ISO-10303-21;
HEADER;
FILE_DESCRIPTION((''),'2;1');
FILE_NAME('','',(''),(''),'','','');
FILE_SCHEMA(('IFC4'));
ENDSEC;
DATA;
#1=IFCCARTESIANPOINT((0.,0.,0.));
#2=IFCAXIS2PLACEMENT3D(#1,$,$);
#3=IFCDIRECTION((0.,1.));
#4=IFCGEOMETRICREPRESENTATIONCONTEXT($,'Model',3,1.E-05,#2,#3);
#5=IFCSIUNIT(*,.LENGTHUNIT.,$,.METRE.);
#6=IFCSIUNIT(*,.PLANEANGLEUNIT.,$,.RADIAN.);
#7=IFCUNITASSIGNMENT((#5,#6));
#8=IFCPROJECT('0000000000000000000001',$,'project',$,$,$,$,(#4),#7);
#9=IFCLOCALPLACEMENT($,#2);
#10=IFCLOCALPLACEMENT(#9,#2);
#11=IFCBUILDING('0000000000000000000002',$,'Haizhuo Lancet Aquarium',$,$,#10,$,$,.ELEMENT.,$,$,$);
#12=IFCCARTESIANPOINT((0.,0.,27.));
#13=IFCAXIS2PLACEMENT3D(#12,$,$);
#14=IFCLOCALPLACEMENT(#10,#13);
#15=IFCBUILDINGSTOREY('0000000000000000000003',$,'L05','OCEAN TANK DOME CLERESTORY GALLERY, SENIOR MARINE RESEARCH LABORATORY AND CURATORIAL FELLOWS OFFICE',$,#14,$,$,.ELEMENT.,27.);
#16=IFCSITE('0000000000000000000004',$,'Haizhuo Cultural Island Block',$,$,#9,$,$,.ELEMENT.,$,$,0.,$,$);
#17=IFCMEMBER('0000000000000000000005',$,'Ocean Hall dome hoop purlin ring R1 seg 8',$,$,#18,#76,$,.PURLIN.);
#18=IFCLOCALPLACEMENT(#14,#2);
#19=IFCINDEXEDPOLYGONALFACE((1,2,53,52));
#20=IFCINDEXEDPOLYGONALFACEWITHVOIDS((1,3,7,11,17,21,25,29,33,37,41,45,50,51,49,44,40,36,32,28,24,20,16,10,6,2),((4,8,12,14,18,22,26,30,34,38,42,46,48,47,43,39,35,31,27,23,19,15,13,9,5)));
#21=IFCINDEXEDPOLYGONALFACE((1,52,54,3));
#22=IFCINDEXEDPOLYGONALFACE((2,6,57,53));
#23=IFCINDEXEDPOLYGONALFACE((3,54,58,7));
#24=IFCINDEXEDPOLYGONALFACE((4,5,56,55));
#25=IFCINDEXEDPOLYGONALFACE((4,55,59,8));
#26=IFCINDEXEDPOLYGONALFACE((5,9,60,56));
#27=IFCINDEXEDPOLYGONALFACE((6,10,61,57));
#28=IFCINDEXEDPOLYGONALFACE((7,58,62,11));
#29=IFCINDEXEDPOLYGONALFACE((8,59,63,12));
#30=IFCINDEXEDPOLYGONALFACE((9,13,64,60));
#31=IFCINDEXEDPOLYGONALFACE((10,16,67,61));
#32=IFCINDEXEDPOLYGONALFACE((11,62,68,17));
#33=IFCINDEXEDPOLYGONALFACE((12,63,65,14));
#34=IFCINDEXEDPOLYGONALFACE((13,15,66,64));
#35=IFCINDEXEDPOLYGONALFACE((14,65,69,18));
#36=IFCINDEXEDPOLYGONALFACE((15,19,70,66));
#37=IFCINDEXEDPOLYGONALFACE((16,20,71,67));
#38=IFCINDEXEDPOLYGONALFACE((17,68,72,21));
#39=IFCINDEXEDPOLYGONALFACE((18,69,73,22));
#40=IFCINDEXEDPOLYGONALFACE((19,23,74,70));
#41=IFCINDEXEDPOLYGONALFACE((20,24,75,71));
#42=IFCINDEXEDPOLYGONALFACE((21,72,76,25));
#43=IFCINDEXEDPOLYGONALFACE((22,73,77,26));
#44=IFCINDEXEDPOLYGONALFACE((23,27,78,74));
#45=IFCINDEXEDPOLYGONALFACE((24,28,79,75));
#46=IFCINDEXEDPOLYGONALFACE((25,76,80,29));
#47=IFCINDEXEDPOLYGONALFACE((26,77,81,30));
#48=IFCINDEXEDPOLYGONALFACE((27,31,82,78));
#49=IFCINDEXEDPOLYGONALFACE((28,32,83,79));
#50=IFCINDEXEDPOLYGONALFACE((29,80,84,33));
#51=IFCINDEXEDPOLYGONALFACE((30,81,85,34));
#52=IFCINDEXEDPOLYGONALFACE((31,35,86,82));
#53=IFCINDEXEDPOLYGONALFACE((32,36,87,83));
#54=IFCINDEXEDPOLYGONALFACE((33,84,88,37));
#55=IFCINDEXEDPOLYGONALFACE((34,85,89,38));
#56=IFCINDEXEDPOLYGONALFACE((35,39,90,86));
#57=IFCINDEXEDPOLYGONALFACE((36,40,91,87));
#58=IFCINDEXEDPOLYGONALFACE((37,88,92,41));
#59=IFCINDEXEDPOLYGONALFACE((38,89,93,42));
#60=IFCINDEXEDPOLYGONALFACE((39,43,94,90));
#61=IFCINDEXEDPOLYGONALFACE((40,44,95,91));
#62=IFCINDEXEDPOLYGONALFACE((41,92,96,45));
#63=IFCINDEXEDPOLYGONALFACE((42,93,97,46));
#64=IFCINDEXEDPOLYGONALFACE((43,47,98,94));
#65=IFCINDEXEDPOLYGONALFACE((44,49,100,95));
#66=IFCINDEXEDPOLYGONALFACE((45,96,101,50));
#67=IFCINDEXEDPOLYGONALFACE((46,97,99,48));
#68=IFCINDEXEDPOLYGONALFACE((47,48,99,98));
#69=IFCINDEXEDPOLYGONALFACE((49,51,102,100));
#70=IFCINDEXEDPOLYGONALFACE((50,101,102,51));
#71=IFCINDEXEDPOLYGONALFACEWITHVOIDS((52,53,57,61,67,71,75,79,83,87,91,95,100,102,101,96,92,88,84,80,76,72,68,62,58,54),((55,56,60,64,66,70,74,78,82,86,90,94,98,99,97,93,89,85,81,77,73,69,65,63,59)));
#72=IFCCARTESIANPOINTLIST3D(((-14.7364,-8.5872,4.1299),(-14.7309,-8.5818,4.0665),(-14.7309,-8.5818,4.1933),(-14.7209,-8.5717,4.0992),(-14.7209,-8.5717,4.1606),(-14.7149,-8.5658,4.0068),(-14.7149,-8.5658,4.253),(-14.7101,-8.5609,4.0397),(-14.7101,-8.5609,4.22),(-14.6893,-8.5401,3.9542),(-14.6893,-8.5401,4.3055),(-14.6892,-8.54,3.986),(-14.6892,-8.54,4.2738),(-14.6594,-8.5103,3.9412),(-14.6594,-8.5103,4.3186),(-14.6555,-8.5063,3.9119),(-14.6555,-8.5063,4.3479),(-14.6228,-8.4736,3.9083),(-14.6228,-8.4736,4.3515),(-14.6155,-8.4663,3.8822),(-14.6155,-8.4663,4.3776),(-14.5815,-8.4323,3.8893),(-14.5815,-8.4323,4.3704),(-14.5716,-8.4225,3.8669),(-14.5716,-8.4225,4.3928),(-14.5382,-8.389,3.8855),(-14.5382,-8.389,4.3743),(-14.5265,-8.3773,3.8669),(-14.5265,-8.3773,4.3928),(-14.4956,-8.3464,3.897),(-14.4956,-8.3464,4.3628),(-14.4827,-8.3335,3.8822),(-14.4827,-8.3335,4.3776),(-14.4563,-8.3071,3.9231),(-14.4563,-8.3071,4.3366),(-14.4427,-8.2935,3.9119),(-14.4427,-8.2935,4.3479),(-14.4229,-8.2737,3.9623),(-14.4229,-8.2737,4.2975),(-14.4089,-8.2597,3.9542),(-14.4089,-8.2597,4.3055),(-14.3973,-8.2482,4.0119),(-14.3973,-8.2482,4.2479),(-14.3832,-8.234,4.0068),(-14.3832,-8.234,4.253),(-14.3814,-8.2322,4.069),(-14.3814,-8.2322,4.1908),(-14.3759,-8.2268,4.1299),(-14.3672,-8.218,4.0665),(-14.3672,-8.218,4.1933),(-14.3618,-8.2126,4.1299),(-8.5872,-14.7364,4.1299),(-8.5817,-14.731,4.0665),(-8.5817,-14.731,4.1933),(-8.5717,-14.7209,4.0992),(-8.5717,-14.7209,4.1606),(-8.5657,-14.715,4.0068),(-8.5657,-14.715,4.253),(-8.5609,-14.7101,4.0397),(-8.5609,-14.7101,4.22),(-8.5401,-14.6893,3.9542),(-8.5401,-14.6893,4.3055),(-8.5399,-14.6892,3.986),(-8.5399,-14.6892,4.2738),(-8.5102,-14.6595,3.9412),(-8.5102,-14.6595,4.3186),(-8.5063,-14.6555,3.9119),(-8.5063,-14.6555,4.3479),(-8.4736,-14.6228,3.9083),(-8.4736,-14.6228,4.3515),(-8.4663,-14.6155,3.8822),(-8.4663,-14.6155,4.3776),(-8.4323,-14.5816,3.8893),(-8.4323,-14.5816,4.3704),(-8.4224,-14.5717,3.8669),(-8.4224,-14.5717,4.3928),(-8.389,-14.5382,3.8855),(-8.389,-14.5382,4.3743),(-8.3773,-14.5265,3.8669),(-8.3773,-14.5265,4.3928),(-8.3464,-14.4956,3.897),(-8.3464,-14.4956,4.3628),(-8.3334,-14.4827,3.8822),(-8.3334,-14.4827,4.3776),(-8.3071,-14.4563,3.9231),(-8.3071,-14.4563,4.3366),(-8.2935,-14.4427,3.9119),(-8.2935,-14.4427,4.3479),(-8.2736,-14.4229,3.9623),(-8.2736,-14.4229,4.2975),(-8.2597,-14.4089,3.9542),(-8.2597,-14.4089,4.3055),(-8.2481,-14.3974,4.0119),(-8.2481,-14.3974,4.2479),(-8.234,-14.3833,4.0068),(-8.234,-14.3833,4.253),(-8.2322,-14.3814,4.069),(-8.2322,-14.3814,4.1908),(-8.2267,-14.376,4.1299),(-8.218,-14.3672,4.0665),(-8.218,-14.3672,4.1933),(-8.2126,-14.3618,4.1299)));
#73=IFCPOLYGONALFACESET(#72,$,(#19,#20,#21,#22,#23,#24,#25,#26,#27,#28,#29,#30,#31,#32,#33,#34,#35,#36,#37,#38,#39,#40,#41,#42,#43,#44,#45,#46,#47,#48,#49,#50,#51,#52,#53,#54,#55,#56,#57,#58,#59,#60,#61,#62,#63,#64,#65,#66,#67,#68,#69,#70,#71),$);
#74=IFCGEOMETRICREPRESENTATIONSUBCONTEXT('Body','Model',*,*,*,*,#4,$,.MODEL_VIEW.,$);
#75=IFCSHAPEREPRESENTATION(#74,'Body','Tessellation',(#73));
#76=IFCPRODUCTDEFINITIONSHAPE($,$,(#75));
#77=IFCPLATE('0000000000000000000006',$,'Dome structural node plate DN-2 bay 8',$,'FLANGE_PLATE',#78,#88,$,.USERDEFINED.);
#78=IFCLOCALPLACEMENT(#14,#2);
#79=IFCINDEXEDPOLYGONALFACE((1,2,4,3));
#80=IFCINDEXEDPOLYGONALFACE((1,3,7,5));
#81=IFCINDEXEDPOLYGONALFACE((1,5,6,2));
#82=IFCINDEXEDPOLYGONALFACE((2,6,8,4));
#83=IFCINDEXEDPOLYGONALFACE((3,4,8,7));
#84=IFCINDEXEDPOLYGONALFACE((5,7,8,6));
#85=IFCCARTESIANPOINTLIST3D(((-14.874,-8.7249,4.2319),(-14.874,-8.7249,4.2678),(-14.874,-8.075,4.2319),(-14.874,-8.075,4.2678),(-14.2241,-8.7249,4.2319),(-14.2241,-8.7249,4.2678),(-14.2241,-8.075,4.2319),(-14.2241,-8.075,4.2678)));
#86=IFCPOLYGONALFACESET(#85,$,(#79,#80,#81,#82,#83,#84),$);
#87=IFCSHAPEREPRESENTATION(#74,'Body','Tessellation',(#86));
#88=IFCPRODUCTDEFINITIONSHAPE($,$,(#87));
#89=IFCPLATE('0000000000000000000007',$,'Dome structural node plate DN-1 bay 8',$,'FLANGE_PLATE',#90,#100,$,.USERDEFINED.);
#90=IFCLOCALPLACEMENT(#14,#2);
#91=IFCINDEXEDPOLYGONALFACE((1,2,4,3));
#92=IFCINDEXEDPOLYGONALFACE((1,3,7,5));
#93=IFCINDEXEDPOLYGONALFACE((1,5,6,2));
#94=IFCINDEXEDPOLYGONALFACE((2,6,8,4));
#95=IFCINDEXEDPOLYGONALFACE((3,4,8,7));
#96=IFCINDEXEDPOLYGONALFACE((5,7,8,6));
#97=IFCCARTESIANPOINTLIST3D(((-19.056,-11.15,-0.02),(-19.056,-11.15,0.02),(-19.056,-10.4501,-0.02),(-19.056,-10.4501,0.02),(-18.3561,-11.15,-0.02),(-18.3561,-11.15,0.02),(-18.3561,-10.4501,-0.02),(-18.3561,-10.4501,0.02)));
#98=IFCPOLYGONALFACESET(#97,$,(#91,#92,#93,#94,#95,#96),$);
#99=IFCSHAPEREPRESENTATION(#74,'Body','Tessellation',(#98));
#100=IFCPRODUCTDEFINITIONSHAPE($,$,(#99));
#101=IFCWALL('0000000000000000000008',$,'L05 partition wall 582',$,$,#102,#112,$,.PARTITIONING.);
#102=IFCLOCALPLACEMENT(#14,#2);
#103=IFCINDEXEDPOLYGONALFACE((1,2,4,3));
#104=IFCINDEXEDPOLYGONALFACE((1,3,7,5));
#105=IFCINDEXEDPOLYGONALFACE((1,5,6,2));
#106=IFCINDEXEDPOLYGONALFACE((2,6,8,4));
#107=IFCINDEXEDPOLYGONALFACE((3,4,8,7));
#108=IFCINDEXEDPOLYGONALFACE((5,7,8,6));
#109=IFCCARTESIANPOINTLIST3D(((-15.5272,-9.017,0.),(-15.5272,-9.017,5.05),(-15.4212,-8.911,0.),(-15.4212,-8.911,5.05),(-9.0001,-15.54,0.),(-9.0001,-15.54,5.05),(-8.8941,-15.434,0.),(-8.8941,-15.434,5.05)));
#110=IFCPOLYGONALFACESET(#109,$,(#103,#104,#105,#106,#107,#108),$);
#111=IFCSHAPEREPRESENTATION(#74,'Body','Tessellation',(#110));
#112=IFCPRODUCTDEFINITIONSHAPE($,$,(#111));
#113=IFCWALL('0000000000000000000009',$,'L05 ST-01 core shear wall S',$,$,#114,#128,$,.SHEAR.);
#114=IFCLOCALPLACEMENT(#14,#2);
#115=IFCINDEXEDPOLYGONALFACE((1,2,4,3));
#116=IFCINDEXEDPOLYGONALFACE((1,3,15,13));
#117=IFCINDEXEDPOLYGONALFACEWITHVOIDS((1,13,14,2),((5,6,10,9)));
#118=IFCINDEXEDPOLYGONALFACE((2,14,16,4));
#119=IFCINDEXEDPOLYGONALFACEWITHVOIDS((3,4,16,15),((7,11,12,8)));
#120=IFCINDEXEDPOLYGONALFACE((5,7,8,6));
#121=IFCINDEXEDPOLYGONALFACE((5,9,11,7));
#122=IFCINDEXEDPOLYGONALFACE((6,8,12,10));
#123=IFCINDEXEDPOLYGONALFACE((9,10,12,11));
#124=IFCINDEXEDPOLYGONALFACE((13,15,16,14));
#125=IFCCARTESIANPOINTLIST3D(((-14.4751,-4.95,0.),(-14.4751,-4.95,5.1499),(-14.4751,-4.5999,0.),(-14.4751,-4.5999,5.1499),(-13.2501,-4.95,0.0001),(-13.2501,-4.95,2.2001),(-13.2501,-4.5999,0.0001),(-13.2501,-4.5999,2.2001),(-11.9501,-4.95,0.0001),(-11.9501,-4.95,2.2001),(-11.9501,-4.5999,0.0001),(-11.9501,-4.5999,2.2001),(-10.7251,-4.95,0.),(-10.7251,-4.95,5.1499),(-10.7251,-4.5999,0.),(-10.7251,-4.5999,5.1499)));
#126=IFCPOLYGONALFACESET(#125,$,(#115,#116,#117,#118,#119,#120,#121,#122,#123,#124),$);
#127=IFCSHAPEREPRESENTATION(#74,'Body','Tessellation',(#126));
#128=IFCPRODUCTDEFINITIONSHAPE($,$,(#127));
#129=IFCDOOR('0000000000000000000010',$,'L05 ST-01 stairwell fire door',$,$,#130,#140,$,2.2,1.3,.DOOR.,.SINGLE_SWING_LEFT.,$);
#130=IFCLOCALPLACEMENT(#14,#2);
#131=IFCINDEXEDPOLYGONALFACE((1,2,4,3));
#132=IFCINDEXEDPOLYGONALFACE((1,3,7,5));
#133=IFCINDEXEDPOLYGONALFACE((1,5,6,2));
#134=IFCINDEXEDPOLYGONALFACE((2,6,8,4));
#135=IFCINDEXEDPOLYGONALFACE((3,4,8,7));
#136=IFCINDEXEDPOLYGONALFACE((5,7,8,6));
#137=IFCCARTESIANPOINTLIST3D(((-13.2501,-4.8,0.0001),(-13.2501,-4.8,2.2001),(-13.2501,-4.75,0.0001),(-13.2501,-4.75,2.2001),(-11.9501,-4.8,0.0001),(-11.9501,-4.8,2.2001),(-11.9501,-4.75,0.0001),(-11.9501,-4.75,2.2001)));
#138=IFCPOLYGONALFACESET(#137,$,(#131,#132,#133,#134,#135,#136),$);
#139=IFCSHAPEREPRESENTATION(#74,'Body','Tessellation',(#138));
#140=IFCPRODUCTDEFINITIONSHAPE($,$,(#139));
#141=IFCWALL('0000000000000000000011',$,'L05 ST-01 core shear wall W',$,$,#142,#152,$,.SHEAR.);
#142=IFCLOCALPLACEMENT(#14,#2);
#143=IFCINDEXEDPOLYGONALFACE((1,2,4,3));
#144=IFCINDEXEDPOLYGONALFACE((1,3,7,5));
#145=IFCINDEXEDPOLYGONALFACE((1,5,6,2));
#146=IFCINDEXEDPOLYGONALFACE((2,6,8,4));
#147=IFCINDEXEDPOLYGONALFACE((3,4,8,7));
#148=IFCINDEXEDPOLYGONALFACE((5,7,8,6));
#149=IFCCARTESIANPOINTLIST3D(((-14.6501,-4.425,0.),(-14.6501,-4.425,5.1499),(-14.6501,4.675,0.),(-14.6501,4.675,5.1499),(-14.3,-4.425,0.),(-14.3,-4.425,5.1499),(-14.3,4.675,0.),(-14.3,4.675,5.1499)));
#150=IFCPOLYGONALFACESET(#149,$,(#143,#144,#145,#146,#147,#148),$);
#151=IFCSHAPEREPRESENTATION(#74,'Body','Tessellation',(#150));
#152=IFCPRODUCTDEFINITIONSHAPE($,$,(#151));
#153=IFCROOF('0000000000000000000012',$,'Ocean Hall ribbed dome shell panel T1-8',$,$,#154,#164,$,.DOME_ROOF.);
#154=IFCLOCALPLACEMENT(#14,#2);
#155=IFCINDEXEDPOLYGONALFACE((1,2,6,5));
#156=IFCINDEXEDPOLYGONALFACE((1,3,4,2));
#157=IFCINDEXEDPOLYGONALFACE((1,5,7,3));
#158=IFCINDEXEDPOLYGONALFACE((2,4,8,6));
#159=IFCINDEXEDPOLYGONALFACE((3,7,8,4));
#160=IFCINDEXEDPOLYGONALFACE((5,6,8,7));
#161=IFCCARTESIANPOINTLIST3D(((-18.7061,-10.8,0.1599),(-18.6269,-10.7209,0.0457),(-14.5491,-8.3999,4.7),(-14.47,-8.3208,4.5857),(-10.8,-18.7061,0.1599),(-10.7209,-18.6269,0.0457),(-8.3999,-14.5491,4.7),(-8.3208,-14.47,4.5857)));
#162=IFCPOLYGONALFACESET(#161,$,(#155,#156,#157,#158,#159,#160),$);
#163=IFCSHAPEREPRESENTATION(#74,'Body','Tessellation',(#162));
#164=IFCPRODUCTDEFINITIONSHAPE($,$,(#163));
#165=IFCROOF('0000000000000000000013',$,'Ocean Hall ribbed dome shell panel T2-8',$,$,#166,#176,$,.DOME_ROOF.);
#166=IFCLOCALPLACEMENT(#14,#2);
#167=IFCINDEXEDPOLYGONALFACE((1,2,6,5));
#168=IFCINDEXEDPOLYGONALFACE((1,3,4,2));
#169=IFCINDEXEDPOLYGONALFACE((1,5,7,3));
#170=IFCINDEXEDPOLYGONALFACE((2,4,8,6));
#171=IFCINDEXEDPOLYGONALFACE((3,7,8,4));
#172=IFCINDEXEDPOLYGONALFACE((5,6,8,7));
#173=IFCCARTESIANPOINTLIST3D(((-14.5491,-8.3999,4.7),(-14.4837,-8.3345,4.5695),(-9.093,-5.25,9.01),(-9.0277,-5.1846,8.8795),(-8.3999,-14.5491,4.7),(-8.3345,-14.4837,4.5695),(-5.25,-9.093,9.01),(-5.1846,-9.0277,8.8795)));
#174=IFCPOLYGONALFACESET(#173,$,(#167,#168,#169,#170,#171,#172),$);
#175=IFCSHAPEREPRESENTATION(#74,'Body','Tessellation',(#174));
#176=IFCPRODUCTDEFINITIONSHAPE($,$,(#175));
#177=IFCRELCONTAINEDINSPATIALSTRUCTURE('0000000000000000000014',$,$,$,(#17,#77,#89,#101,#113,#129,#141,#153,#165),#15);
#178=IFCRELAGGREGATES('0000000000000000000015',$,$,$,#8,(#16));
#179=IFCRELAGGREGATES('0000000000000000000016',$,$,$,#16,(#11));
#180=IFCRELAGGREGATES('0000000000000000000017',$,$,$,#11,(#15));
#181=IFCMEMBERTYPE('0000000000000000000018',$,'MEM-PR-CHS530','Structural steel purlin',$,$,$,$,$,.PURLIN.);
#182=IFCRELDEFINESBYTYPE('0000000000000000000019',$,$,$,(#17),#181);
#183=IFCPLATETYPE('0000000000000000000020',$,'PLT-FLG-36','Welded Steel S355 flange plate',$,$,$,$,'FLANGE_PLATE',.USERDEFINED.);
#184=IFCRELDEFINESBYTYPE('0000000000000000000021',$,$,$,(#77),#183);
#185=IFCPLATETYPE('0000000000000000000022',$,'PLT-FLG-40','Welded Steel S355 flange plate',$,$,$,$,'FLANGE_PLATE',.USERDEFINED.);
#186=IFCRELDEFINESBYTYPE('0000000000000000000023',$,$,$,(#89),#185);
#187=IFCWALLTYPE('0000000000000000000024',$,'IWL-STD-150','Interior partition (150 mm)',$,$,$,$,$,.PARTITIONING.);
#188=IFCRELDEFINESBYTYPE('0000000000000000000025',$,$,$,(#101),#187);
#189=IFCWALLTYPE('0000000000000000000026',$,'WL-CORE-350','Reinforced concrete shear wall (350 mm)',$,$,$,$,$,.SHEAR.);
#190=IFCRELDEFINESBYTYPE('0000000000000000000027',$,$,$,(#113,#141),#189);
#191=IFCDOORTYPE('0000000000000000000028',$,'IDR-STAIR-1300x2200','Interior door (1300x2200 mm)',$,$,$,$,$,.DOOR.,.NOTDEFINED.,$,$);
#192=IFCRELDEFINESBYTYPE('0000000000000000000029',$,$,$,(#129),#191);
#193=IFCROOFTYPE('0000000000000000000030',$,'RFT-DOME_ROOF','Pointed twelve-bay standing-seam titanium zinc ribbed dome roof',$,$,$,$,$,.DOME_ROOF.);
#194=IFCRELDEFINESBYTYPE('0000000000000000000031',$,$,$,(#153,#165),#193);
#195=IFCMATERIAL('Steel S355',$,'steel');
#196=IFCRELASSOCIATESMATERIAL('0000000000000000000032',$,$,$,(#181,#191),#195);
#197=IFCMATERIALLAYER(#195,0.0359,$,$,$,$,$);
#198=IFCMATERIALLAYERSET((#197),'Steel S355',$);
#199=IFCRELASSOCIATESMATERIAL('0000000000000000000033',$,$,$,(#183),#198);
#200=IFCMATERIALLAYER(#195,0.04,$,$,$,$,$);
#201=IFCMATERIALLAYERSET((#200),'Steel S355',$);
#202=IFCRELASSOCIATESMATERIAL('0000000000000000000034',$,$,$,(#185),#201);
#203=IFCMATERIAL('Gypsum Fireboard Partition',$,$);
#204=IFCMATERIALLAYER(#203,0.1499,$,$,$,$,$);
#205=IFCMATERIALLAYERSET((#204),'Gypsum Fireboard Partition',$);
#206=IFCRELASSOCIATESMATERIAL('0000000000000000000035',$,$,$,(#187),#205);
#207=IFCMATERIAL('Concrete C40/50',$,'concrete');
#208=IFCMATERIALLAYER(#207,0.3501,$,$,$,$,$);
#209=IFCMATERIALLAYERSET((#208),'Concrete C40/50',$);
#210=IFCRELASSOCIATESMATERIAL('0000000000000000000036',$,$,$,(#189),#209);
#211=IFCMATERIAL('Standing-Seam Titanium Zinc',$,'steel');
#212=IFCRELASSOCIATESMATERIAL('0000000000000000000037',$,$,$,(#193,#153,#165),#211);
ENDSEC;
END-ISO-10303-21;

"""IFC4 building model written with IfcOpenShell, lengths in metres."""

from ifc_helpers import new_model, si_unit, direction, frame, frame_2d, origin, origin_2d, place, context, subcontext, project, spatial, polyline, rectangle, hollow_circle, outline, extrude, material, layer, layer_set, material_profile, profile_set, type_object, element, fill, save


model = new_model("IFC4")

# Units and contexts
model_context = context("Model", 3, precision=1e-05, world=origin(), true_north=direction((0.0, 1.0)))
body_context = subcontext(model_context, "Body", "Model", "MODEL_VIEW")
ifc_project = project(units=[si_unit("LENGTHUNIT", "METRE"), si_unit("PLANEANGLEUNIT", "RADIAN")], contexts=[model_context])

# Site, building, storey
site_placement = place(None, origin())
site = spatial("IfcSite", under=ifc_project, at=site_placement, Name="Haizhuo Cultural Island Block", CompositionType="ELEMENT", RefElevation=0.0)
building_placement = place(site_placement, origin())
building = spatial("IfcBuilding", under=site, at=building_placement, Name="Haizhuo Lancet Aquarium", CompositionType="ELEMENT")
storey_placement = place(building_placement, frame((0.0, 0.0, 27.0)))
storey = spatial("IfcBuildingStorey", under=building, at=storey_placement, Name="L05", Description="OCEAN TANK DOME CLERESTORY GALLERY, SENIOR MARINE RESEARCH LABORATORY AND CURATORIAL FELLOWS OFFICE", CompositionType="ELEMENT", Elevation=27.0)

# Member
ifc_material_1 = material(Name="Steel S355", Category="steel")
ifc_material_profile_1 = material_profile(ifc_material_1, hollow_circle(Radius=0.2649, WallThickness=0.02, at=origin_2d()), Name="CHS 530x20")
ifc_profile_set_1 = profile_set([ifc_material_profile_1], Name="Steel S355")
member_type_1 = type_object("IfcMemberType", Name="MEM-PR-CHS530", Description="Structural steel purlin", PredefinedType="PURLIN", material=ifc_profile_set_1)
member_1_placement = place(storey_placement, frame((-14.5491, -8.3999, 4.1299), z_axis=(0.707107, -0.707107, 0.0), x_axis=(0.707107, 0.707107, 0.0)))
element("IfcMember", 1, at=member_1_placement, inside=storey, type_object=member_type_1, Name="Ocean Hall dome hoop purlin ring R1 seg 8", PredefinedType="PURLIN", context=body_context, shape_type="SweptSolid", body=[
    extrude(hollow_circle(Radius=0.2649, WallThickness=0.02, at=origin_2d()), origin(), (0.0, 0.0, 1.0), 8.6963),
])

# Plates
ifc_layer_1 = layer(ifc_material_1, 0.0359)
ifc_layer_set_1 = layer_set([ifc_layer_1], Name="Steel S355")
plate_type_1 = type_object("IfcPlateType", Name="PLT-FLG-36", Description="Welded Steel S355 flange plate", ElementType="FLANGE_PLATE", PredefinedType="USERDEFINED", material=ifc_layer_set_1)
plate_1_placement = place(storey_placement, frame((-14.5491, -8.3999, 4.2319), z_axis=(0.0, 0.0, 1.0), x_axis=(1.0, 0.0, 0.0)))
element("IfcPlate", 2, at=plate_1_placement, inside=storey, type_object=plate_type_1, Name="Dome structural node plate DN-2 bay 8", ObjectType="FLANGE_PLATE", PredefinedType="USERDEFINED", context=body_context, shape_type="SweptSolid", body=[
    extrude(rectangle(XDim=0.6499, YDim=0.6499, at=origin_2d()), origin(), (0.0, 0.0, 1.0), 0.0359),
])
ifc_layer_2 = layer(ifc_material_1, 0.04)
ifc_layer_set_2 = layer_set([ifc_layer_2], Name="Steel S355")
plate_type_2 = type_object("IfcPlateType", Name="PLT-FLG-40", Description="Welded Steel S355 flange plate", ElementType="FLANGE_PLATE", PredefinedType="USERDEFINED", material=ifc_layer_set_2)
plate_2_placement = place(storey_placement, frame((-18.7061, -10.8, -0.02), z_axis=(0.0, 0.0, 1.0), x_axis=(1.0, 0.0, 0.0)))
element("IfcPlate", 3, at=plate_2_placement, inside=storey, type_object=plate_type_2, Name="Dome structural node plate DN-1 bay 8", ObjectType="FLANGE_PLATE", PredefinedType="USERDEFINED", context=body_context, shape_type="SweptSolid", body=[
    extrude(rectangle(XDim=0.7, YDim=0.7, at=origin_2d()), origin(), (0.0, 0.0, 1.0), 0.04),
])

# Wall
ifc_material_2 = material(Name="Gypsum Fireboard Partition")
ifc_layer_3 = layer(ifc_material_2, 0.1499)
ifc_layer_set_3 = layer_set([ifc_layer_3], Name="Gypsum Fireboard Partition")
wall_type_1 = type_object("IfcWallType", Name="IWL-STD-150", Description="Interior partition (150 mm)", PredefinedType="PARTITIONING", material=ifc_layer_set_3)
wall_1_placement = place(storey_placement, frame((-15.4741, -8.9641, 0.0), z_axis=(0.0, 0.0, 1.0), x_axis=(0.707332, -0.706882, 0.0)))
element("IfcWall", 4, at=wall_1_placement, inside=storey, type_object=wall_type_1, Name="L05 partition wall 582", PredefinedType="PARTITIONING", context=body_context, shape_type="SweptSolid", body=[
    extrude(rectangle(XDim=9.2278, YDim=0.1499, at=frame_2d((4.6138, 0.0))), origin(), (0.0, 0.0, 1.0), 5.05),
])

# Wall, opening, door
ifc_material_3 = material(Name="Concrete C40/50", Category="concrete")
ifc_layer_4 = layer(ifc_material_3, 0.3501)
ifc_layer_set_4 = layer_set([ifc_layer_4], Name="Concrete C40/50")
wall_type_2 = type_object("IfcWallType", Name="WL-CORE-350", Description="Reinforced concrete shear wall (350 mm)", PredefinedType="SHEAR", material=ifc_layer_set_4)
wall_2_placement = place(storey_placement, frame((-14.4751, -4.7749, 0.0), z_axis=(0.0, 0.0, 1.0), x_axis=(1.0, 0.0, 0.0)))
wall_2 = element("IfcWall", 5, at=wall_2_placement, inside=storey, type_object=wall_type_2, Name="L05 ST-01 core shear wall S", PredefinedType="SHEAR", context=body_context, shape_type="SweptSolid", body=[
    extrude(rectangle(XDim=3.75, YDim=0.3501, at=frame_2d((1.875, 0.0))), origin(), (0.0, 0.0, 1.0), 5.1499),
])
opening_placement = place(wall_2_placement, frame((1.2251, 0.0, 0.0)))
opening = element("IfcOpeningElement", 6, at=opening_placement, cuts=wall_2, PredefinedType="OPENING", context=body_context, shape_type="SweptSolid", body=[
    extrude(rectangle(XDim=1.3, YDim=2.2, at=frame_2d((0.6499, 1.1001))), frame((0.0, 0.1851, 0.0), z_axis=(0.0, -1.0, 0.0), x_axis=(1.0, 0.0, 0.0)), (0.0, 0.0, 1.0), 0.3701),
])
door_type = type_object("IfcDoorType", Name="IDR-STAIR-1300x2200", Description="Interior door (1300x2200 mm)", OperationType="NOTDEFINED", PredefinedType="DOOR", material=ifc_material_1)
door_placement = place(opening_placement, origin())
door = element("IfcDoor", 7, at=door_placement, inside=storey, type_object=door_type, Name="L05 ST-01 stairwell fire door", OperationType="SINGLE_SWING_LEFT", OverallHeight=2.2, OverallWidth=1.3, PredefinedType="DOOR", context=body_context, shape_type="SweptSolid", body=[
    extrude(rectangle(XDim=1.3, YDim=2.2, at=frame_2d((0.6499, 1.1001))), frame((0.0, 0.0249, 0.0), z_axis=(0.0, -1.0, 0.0), x_axis=(1.0, 0.0, 0.0)), (0.0, 0.0, 1.0), 0.05),
])
fill(opening, door)

# Wall
wall_3_placement = place(storey_placement, frame((-14.4751, -4.425, 0.0), z_axis=(0.0, 0.0, 1.0), x_axis=(0.0, 1.0, 0.0)))
element("IfcWall", 8, at=wall_3_placement, inside=storey, type_object=wall_type_2, Name="L05 ST-01 core shear wall W", PredefinedType="SHEAR", context=body_context, shape_type="SweptSolid", body=[
    extrude(rectangle(XDim=9.1001, YDim=0.3501, at=frame_2d((4.55, 0.0))), origin(), (0.0, 0.0, 1.0), 5.1499),
])

# Roofs
ifc_material_4 = material(Name="Standing-Seam Titanium Zinc", Category="steel")
roof_type_1 = type_object("IfcRoofType", Name="RFT-DOME_ROOF", Description="Pointed twelve-bay standing-seam titanium zinc ribbed dome roof", PredefinedType="DOME_ROOF", material=ifc_material_4)
roof_1_placement = place(storey_placement, frame((-18.7061, -10.8, 0.1599), z_axis=(-0.494712, -0.494712, 0.714507), x_axis=(0.707107, -0.707107, 0.0)))
element("IfcRoof", 9, at=roof_1_placement, inside=storey, type_object=roof_type_1, material=ifc_material_4, Name="Ocean Hall ribbed dome shell panel T1-8", PredefinedType="DOME_ROOF", context=body_context, shape_type="SweptSolid", body=[
    extrude(outline(polyline([(0.0, 0.0), (11.1808, 0.0), (9.9385, 6.4892), (1.2423, 6.4892), (0.0, 0.0)])), origin(), (0.0, 0.0, -1.0), 0.1599),
])
roof_2_placement = place(storey_placement, frame((-14.5491, -8.3999, 4.7), z_axis=(-0.408696, -0.408696, 0.816049), x_axis=(0.707107, -0.707107, 0.0)))
element("IfcRoof", 10, at=roof_2_placement, inside=storey, type_object=roof_type_1, material=ifc_material_4, Name="Ocean Hall ribbed dome shell panel T2-8", PredefinedType="DOME_ROOF", context=body_context, shape_type="SweptSolid", body=[
    extrude(outline(polyline([(0.0, 0.0), (8.6962, 0.0), (7.0655, 7.4571), (1.6307, 7.4571), (0.0, 0.0)])), origin(), (0.0, 0.0, -1.0), 0.1599),
])

save(model, "model.ifc")
